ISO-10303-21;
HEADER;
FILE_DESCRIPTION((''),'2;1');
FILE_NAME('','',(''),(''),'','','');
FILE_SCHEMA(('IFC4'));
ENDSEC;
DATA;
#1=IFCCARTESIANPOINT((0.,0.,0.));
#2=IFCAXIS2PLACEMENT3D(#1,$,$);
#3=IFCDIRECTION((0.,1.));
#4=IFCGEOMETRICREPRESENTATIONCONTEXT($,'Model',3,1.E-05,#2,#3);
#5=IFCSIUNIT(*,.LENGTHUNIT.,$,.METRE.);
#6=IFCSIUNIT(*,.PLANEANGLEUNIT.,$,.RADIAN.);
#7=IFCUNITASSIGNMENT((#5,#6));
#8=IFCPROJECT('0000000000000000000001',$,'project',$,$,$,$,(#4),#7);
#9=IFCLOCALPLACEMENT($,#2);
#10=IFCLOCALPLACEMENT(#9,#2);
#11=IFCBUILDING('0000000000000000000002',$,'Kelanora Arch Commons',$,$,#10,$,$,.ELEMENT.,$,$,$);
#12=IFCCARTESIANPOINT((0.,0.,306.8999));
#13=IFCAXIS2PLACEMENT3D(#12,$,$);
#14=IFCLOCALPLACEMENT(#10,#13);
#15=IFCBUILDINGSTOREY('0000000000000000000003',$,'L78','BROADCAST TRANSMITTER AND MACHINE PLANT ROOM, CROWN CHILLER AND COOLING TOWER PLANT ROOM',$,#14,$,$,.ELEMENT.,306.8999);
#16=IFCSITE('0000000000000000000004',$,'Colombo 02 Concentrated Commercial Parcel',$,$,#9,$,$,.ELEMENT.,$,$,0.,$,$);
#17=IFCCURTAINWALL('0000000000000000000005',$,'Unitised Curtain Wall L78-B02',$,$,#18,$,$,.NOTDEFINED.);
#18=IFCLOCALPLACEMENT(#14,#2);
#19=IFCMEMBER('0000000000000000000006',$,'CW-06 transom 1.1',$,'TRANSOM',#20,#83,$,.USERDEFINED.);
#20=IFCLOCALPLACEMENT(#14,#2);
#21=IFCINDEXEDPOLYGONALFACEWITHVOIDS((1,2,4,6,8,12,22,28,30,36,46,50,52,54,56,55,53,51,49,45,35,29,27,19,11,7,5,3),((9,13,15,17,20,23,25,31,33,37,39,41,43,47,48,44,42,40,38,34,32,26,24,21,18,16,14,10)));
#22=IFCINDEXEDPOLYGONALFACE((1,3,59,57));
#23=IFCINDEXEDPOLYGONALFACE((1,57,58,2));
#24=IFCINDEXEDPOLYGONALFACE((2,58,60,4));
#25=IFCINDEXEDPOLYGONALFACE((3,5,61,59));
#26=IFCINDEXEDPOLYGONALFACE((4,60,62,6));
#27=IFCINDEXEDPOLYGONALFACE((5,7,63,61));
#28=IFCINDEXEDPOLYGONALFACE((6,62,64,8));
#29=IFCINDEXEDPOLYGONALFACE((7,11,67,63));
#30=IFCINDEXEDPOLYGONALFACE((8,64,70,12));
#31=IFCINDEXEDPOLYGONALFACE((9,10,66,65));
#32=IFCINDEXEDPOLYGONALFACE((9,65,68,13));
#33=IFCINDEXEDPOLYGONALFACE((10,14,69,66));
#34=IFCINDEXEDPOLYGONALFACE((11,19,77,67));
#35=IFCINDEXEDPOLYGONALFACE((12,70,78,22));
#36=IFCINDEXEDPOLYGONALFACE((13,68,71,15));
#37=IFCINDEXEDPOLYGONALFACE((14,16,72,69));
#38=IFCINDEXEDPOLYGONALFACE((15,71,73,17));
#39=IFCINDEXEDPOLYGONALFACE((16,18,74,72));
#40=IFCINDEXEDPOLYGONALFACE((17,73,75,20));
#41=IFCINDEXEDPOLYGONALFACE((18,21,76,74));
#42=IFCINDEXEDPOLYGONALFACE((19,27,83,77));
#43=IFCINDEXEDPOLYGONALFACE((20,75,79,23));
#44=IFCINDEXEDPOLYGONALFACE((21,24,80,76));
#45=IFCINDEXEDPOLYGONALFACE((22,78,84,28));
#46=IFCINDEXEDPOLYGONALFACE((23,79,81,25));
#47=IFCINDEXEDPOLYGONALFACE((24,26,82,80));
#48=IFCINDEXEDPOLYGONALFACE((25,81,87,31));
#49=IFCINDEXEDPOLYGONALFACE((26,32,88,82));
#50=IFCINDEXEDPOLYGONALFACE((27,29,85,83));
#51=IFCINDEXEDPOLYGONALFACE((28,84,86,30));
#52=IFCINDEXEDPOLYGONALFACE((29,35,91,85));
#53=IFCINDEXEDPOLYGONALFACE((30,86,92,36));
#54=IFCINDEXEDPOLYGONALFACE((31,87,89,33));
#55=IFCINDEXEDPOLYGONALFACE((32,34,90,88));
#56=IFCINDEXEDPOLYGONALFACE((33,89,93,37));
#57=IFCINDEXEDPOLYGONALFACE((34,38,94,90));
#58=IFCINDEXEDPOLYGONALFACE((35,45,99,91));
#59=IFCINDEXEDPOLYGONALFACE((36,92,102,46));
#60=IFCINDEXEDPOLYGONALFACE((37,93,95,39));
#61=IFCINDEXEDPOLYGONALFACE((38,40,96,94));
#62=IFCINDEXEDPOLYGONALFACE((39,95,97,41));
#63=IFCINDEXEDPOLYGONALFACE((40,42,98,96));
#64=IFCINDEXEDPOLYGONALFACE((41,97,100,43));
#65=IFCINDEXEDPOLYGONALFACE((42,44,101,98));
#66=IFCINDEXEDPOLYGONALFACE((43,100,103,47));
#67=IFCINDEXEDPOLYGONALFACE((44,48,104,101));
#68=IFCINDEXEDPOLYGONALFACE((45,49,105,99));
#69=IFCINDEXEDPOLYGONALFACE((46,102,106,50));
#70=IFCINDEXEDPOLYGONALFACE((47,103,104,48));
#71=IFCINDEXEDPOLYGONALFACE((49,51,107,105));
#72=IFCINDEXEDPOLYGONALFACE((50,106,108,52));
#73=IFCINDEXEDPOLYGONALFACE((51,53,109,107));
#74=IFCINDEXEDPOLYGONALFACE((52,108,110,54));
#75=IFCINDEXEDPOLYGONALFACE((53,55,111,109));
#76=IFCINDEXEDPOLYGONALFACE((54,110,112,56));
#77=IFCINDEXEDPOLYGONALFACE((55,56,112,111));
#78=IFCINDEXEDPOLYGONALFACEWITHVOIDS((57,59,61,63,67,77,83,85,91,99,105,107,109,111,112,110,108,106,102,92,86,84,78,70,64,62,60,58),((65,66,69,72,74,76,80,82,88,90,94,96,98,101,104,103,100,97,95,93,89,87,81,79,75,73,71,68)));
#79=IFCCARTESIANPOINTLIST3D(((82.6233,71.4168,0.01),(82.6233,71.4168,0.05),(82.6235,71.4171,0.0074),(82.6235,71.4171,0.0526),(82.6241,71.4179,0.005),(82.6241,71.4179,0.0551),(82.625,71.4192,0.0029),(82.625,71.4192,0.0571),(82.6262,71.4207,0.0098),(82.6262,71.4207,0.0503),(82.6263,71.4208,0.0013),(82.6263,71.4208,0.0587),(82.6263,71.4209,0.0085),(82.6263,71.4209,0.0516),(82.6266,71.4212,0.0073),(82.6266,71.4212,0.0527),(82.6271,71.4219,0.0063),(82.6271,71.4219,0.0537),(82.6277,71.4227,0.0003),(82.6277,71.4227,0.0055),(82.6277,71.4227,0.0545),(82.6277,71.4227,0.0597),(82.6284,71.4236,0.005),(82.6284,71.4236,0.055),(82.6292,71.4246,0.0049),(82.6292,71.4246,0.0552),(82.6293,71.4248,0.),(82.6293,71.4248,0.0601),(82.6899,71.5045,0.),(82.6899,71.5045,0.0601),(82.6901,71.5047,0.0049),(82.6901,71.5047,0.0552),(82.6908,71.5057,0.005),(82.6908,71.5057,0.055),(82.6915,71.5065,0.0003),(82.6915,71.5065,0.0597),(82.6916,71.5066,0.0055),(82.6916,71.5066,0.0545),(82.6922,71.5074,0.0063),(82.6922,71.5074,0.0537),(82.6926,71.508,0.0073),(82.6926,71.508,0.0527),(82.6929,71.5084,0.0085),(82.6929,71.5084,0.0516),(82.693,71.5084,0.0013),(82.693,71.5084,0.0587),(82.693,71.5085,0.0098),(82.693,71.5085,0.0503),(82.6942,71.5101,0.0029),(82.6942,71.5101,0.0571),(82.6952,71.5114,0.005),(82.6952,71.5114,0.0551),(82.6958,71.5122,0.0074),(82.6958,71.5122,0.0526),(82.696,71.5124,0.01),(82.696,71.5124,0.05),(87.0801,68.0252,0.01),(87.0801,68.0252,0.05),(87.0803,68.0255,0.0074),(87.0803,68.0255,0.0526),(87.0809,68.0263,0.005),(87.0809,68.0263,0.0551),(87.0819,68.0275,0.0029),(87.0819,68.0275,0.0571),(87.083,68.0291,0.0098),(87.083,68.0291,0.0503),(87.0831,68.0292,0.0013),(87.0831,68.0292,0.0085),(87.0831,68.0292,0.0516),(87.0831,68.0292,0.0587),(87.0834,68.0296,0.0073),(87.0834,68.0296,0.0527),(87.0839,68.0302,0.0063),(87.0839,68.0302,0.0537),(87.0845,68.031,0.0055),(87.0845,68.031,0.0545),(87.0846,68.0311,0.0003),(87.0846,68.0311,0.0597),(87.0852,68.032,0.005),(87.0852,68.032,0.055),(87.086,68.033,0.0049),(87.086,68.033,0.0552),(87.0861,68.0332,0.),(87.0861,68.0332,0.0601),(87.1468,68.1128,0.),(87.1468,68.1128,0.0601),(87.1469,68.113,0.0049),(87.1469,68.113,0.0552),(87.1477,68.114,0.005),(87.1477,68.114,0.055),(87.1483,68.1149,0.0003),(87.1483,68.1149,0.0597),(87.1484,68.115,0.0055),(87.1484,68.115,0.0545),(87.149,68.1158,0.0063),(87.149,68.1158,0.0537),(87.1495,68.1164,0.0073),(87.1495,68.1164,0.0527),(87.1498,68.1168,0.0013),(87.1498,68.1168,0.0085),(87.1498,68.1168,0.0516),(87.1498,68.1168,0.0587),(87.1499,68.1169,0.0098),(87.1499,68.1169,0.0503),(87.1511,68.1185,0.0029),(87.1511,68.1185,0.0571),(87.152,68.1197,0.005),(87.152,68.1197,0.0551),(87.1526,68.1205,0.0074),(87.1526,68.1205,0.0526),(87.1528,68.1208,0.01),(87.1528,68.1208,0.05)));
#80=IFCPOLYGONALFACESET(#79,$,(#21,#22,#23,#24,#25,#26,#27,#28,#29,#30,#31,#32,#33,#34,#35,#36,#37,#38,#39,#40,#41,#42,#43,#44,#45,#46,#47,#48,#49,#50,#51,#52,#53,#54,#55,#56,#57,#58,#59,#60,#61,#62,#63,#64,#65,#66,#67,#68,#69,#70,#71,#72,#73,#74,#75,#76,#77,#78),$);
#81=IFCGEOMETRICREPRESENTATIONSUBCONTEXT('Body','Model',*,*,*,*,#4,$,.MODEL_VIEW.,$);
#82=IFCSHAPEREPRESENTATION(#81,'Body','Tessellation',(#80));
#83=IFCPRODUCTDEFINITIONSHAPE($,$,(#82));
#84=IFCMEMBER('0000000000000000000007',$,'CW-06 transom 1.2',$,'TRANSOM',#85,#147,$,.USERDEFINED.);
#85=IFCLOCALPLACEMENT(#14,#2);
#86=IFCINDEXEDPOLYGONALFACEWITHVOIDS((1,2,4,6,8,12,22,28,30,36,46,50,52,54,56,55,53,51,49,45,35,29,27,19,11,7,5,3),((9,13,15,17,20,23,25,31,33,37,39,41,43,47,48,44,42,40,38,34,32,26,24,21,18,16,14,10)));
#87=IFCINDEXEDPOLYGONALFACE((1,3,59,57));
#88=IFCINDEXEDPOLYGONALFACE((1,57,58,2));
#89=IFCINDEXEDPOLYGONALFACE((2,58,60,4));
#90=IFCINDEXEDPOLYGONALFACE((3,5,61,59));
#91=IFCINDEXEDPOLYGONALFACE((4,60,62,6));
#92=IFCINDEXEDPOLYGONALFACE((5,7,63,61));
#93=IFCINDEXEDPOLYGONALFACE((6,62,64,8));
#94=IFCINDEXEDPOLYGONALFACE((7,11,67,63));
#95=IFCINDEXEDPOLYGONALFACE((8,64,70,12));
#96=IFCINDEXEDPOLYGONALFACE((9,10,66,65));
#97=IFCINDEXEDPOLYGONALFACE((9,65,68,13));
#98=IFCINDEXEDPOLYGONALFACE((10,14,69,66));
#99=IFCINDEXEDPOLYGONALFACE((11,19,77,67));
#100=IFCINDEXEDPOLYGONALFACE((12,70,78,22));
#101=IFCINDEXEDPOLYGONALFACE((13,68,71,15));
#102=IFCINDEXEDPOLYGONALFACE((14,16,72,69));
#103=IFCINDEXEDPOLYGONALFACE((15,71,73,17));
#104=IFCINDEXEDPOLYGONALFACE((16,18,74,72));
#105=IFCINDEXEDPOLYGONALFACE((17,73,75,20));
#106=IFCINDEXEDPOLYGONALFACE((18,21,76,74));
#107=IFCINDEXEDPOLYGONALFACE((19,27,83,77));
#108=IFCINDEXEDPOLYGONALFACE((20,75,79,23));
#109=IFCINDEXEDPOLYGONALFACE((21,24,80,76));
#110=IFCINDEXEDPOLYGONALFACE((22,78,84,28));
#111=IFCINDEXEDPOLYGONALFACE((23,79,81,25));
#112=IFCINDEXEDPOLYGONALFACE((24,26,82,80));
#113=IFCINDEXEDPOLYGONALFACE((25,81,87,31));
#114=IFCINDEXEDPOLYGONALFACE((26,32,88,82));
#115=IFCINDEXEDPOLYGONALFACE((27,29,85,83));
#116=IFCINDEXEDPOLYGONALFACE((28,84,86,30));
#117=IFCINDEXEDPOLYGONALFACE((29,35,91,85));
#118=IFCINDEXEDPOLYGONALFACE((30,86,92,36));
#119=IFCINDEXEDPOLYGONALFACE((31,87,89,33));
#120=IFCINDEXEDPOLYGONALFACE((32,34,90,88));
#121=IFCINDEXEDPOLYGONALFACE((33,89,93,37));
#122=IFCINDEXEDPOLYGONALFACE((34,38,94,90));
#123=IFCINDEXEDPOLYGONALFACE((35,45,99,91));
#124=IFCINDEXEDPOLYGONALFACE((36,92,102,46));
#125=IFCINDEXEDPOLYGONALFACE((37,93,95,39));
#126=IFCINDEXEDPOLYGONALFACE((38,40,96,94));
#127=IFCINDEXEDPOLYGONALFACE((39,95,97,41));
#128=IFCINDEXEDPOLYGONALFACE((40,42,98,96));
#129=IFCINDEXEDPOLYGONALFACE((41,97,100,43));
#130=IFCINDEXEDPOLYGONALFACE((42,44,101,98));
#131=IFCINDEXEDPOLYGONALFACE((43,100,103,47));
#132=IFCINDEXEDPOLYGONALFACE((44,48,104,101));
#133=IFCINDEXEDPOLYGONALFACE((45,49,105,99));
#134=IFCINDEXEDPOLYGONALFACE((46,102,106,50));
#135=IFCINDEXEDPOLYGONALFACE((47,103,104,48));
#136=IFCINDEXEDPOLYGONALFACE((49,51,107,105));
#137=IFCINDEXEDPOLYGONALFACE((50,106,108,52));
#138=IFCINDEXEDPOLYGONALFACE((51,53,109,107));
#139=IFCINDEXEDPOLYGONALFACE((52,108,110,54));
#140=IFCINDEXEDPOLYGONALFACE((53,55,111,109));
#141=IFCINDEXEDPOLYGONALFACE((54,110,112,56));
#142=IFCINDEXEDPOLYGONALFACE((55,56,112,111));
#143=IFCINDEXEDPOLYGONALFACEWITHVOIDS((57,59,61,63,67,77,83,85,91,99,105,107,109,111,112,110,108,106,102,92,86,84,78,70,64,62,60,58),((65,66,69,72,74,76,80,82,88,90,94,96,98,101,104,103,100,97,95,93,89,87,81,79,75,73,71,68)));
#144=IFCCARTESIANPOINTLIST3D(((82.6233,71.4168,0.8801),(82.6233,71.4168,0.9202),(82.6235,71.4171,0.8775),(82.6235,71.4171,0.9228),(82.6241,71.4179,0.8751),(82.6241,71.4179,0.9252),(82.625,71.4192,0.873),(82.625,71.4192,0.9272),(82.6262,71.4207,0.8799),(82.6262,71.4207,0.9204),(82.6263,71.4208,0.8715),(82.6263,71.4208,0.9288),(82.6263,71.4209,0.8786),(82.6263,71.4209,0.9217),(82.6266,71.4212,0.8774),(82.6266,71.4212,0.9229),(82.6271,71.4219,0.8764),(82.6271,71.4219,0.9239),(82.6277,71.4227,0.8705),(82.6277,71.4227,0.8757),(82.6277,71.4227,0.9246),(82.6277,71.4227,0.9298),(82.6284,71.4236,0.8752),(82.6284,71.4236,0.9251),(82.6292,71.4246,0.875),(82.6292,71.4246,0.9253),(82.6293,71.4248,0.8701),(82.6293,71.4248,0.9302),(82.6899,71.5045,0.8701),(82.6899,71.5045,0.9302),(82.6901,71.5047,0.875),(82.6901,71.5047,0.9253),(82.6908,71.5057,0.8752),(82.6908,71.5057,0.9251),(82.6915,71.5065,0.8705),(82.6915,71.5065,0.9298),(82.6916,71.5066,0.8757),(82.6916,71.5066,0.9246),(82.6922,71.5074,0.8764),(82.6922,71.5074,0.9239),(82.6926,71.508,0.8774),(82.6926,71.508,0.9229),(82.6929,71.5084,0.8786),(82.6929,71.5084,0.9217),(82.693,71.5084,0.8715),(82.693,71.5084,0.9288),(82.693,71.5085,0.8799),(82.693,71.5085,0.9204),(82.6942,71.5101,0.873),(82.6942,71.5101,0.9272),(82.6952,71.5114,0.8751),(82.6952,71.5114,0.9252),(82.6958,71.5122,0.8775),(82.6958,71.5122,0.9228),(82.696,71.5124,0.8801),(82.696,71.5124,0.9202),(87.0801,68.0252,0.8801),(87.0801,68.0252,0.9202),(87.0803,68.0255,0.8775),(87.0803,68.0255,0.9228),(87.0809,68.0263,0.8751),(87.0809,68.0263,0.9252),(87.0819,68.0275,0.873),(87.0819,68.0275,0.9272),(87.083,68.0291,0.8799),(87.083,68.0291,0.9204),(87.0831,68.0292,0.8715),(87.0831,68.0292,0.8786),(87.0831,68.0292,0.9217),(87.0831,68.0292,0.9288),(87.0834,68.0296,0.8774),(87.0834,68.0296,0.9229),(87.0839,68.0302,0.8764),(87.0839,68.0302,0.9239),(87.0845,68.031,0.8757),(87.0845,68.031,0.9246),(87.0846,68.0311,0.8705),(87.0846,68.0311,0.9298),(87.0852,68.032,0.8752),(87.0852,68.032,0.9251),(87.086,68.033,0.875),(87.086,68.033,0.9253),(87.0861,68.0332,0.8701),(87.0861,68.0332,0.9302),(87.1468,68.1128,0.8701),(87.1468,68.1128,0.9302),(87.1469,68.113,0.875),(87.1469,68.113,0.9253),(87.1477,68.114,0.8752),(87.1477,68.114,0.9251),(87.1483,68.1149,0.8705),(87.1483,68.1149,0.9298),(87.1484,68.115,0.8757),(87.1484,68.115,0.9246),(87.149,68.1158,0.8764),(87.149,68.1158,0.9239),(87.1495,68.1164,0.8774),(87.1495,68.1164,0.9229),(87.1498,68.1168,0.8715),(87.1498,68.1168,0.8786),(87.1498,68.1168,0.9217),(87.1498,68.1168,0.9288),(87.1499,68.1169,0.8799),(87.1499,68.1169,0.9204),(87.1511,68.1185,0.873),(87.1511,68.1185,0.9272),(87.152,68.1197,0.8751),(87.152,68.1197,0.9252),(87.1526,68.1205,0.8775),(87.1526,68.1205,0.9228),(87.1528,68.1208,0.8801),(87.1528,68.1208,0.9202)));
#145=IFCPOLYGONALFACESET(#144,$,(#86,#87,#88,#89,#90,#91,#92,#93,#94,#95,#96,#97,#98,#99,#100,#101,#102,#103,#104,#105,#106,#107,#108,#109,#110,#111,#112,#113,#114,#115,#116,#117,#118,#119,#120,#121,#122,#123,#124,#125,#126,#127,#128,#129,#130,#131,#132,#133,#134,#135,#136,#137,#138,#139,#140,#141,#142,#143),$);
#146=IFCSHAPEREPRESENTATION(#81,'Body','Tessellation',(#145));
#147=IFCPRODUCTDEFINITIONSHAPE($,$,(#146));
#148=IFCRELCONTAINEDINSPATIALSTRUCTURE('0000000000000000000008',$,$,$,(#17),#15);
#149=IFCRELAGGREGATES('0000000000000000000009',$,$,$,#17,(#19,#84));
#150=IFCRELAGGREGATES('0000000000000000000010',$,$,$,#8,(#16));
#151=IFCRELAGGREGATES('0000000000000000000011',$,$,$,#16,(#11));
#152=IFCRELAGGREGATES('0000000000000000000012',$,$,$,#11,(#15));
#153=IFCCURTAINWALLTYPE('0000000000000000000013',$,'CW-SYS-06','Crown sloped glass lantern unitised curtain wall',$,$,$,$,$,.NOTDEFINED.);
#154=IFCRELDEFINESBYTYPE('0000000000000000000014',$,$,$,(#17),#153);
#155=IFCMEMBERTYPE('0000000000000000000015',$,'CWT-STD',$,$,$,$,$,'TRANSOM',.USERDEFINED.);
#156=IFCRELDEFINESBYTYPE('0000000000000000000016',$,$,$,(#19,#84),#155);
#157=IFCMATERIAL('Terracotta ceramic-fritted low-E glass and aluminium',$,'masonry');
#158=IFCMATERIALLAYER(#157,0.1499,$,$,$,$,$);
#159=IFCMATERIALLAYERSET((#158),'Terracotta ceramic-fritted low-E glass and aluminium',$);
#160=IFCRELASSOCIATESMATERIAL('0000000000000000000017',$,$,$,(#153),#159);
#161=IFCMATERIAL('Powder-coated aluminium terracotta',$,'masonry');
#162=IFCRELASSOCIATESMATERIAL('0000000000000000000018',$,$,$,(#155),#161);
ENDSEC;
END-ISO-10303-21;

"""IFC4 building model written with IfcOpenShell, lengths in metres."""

from ifc_helpers import new_model, si_unit, direction, frame, origin, origin_2d, place, context, subcontext, project, spatial, hollow_rectangle, extrude, material, layer, layer_set, material_profile, profile_set, type_object, element, aggregate, save


model = new_model("IFC4")

# Units and contexts
model_context = context("Model", 3, precision=1e-05, world=origin(), true_north=direction((0.0, 1.0)))
body_context = subcontext(model_context, "Body", "Model", "MODEL_VIEW")
ifc_project = project(units=[si_unit("LENGTHUNIT", "METRE"), si_unit("PLANEANGLEUNIT", "RADIAN")], contexts=[model_context])

# Site, building, storey
site_placement = place(None, origin())
site = spatial("IfcSite", under=ifc_project, at=site_placement, Name="Colombo 02 Concentrated Commercial Parcel", CompositionType="ELEMENT", RefElevation=0.0)
building_placement = place(site_placement, origin())
building = spatial("IfcBuilding", under=site, at=building_placement, Name="Kelanora Arch Commons", CompositionType="ELEMENT")
storey_placement = place(building_placement, frame((0.0, 0.0, 306.8999)))
storey = spatial("IfcBuildingStorey", under=building, at=storey_placement, Name="L78", Description="BROADCAST TRANSMITTER AND MACHINE PLANT ROOM, CROWN CHILLER AND COOLING TOWER PLANT ROOM", CompositionType="ELEMENT", Elevation=306.8999)

# Shared definitions
ifc_material_1 = material(Name="Terracotta ceramic-fritted low-E glass and aluminium", Category="masonry")
ifc_layer_1 = layer(ifc_material_1, 0.1499)
ifc_layer_set_1 = layer_set([ifc_layer_1], Name="Terracotta ceramic-fritted low-E glass and aluminium")
curtain_wall_type = type_object("IfcCurtainWallType", Name="CW-SYS-06", Description="Crown sloped glass lantern unitised curtain wall", PredefinedType="NOTDEFINED", material=ifc_layer_set_1)
ifc_material_2 = material(Name="Powder-coated aluminium terracotta", Category="masonry")

# Curtain wall
curtain_wall_1_placement = place(storey_placement, origin())
curtain_wall_1 = element("IfcCurtainWall", 1, at=curtain_wall_1_placement, inside=storey, type_object=curtain_wall_type, Name="Unitised Curtain Wall L78-B02", PredefinedType="NOTDEFINED")

# Members
ifc_material_profile_1 = material_profile(ifc_material_2, hollow_rectangle(XDim=0.1201, YDim=0.0601, WallThickness=0.0049, InnerFilletRadius=0.0049, OuterFilletRadius=0.01, at=origin_2d()), Name="CWT120x60")
ifc_profile_set_1 = profile_set([ifc_material_profile_1], Name="Powder-coated aluminium terracotta")
member_type_1 = type_object("IfcMemberType", Name="CWT-STD", ElementType="TRANSOM", PredefinedType="USERDEFINED", material=ifc_profile_set_1)
member_1_placement = place(storey_placement, frame((87.1165, 68.073, 0.03), z_axis=(-0.79578, 0.605586, 0.0), x_axis=(-0.605586, -0.79578, 0.0)))
member_1 = element("IfcMember", 2, at=member_1_placement, type_object=member_type_1, Name="CW-06 transom 1.1", ObjectType="TRANSOM", PredefinedType="USERDEFINED", context=body_context, shape_type="SweptSolid", body=[
    extrude(hollow_rectangle(XDim=0.1201, YDim=0.0601, WallThickness=0.0049, InnerFilletRadius=0.0049, OuterFilletRadius=0.01, at=origin_2d()), origin(), (0.0, 0.0, 1.0), 5.6006),
])
member_2_placement = place(storey_placement, frame((87.1165, 68.073, 0.9001), z_axis=(-0.79578, 0.605586, 0.0), x_axis=(-0.605586, -0.79578, 0.0)))
member_2 = element("IfcMember", 3, at=member_2_placement, type_object=member_type_1, Name="CW-06 transom 1.2", ObjectType="TRANSOM", PredefinedType="USERDEFINED", context=body_context, shape_type="SweptSolid", body=[
    extrude(hollow_rectangle(XDim=0.1201, YDim=0.0601, WallThickness=0.0049, InnerFilletRadius=0.0049, OuterFilletRadius=0.01, at=origin_2d()), origin(), (0.0, 0.0, 1.0), 5.6006),
])

aggregate(curtain_wall_1, [member_1, member_2])

save(model, "model.ifc")
